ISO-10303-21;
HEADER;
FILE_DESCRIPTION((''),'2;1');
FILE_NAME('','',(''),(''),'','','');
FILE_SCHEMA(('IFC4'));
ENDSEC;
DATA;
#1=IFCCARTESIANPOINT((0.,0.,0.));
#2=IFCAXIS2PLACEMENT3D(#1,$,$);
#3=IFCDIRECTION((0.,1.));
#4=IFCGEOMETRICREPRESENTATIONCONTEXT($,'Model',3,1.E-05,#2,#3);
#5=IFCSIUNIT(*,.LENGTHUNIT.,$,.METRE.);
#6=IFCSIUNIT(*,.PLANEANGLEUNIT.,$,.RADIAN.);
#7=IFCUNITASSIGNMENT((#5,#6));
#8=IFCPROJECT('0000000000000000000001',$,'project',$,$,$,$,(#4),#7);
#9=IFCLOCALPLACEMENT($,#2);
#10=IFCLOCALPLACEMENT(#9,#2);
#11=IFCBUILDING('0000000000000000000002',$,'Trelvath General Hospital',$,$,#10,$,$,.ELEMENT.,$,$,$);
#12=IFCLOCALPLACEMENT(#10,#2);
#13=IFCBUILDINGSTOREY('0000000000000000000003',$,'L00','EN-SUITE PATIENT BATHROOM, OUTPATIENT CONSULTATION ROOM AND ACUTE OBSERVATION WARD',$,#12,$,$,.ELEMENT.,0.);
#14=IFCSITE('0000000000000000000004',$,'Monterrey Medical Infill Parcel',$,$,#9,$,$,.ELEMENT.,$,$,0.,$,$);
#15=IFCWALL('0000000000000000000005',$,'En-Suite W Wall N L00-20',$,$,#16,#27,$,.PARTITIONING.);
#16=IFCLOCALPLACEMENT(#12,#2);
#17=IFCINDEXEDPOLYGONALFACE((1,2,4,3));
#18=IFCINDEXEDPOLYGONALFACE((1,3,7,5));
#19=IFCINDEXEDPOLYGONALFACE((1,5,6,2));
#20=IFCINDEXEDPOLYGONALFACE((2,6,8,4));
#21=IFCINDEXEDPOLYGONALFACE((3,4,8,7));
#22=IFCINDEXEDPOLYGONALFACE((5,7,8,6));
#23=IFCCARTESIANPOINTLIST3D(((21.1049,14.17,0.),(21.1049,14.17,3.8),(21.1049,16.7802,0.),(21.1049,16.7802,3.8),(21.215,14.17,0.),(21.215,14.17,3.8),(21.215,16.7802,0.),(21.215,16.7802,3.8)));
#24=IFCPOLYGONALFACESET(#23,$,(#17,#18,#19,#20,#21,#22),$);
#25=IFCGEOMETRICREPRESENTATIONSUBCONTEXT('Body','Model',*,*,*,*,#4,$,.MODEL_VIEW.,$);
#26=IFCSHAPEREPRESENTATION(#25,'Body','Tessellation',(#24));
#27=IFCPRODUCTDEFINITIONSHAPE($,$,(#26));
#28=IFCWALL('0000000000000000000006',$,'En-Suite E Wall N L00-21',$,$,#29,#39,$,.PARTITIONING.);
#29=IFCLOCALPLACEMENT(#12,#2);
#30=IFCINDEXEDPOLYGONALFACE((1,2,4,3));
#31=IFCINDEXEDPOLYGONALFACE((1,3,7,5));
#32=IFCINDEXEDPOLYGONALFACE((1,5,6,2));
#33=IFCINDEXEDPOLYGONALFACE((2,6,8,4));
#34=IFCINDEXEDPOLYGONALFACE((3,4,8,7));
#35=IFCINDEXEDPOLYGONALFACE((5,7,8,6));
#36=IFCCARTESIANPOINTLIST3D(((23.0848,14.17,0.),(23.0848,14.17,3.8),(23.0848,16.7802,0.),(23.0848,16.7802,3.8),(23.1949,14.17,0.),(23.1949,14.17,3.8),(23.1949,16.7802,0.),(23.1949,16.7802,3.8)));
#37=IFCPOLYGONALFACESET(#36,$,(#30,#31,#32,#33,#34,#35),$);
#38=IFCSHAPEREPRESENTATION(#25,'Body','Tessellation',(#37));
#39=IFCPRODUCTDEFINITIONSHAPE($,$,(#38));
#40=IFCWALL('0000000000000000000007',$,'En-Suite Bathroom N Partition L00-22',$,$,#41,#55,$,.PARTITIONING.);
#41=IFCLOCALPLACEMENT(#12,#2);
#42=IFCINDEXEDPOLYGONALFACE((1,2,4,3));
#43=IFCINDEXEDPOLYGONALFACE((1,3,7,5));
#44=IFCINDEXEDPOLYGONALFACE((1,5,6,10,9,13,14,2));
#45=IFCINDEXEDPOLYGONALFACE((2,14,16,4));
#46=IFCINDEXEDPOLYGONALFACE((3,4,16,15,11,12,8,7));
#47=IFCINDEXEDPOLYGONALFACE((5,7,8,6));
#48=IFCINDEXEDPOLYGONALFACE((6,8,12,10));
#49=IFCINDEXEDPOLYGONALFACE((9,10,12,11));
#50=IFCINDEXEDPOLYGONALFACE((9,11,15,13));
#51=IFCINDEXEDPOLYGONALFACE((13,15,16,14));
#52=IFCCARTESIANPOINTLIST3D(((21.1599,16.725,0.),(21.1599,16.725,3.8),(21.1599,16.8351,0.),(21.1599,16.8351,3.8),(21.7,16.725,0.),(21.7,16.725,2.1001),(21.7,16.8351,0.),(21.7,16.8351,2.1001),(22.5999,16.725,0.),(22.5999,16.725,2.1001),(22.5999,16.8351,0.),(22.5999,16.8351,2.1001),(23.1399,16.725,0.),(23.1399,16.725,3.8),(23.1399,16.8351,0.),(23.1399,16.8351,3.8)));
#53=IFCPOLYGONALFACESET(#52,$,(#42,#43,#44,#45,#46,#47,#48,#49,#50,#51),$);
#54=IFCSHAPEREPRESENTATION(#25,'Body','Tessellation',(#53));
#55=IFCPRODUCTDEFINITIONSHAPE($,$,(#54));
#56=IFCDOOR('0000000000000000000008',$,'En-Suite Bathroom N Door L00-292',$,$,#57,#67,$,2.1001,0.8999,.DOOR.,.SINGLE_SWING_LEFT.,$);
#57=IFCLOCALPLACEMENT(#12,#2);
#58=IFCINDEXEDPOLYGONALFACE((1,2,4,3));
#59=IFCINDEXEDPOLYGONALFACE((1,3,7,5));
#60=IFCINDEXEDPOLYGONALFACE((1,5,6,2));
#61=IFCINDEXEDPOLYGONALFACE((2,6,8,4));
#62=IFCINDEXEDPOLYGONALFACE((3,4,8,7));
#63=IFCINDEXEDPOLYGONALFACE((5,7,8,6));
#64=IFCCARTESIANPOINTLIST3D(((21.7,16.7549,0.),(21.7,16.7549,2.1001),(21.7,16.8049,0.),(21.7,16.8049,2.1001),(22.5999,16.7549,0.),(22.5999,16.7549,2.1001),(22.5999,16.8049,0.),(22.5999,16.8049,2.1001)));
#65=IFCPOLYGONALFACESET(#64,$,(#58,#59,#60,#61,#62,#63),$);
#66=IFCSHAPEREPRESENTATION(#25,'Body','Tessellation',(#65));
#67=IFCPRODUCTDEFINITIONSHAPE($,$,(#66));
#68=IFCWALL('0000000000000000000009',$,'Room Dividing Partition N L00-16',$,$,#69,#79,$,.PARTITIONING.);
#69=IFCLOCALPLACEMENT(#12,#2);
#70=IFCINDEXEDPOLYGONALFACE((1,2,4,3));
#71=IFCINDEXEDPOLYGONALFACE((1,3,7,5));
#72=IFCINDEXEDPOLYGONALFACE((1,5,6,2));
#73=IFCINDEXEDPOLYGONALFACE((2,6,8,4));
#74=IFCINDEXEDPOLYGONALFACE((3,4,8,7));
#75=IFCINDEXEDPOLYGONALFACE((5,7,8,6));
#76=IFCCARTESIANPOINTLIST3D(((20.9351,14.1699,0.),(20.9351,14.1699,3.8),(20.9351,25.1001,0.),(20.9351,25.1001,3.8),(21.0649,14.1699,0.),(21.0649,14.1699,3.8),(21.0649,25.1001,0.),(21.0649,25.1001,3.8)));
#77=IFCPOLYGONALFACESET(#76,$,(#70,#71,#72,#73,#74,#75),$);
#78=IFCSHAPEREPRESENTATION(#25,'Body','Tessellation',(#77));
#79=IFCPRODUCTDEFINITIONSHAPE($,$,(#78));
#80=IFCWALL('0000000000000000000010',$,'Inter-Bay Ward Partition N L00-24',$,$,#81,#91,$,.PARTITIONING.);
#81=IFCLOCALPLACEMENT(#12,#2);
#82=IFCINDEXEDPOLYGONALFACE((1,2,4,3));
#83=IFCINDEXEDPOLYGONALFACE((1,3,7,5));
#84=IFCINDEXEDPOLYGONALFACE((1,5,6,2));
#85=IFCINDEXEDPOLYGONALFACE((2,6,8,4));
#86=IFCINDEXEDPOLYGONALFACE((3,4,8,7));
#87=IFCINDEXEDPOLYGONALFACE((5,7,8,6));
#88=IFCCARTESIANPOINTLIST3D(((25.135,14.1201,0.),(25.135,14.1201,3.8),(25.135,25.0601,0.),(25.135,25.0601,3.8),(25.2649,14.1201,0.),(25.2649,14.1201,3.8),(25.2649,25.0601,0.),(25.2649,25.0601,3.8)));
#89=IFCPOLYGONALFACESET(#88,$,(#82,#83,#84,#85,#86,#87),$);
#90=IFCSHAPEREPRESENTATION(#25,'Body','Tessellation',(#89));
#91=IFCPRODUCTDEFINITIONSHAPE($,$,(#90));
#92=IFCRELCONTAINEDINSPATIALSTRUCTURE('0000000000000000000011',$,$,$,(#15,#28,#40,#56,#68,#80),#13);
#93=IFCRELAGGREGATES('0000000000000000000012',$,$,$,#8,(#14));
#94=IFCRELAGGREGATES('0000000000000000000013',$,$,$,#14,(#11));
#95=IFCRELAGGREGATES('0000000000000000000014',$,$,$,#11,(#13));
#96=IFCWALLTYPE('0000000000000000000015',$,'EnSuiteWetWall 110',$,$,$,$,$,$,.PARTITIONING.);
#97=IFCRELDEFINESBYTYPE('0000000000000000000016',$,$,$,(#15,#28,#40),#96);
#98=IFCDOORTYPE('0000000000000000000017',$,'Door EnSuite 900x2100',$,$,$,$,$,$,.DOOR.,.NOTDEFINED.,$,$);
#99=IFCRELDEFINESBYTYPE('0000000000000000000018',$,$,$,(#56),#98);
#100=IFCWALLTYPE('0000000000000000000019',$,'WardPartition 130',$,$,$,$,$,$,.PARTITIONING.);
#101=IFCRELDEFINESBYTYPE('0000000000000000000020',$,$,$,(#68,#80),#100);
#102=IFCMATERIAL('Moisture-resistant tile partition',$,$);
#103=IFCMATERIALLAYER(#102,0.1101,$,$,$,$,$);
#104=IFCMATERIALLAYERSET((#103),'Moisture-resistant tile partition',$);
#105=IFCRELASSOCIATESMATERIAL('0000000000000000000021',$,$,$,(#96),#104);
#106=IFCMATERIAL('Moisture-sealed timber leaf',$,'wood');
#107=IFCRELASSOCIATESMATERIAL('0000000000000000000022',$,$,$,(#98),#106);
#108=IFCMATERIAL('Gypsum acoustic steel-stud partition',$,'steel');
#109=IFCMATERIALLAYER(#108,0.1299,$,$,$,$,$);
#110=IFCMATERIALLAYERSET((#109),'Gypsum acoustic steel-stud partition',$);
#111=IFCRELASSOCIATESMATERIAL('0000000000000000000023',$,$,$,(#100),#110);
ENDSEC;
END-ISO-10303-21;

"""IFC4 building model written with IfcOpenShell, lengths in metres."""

from ifc_helpers import new_model, si_unit, direction, frame, frame_2d, origin, place, context, subcontext, project, spatial, rectangle, extrude, material, layer, layer_set, type_object, element, fill, save


model = new_model("IFC4")

# Units and contexts
model_context = context("Model", 3, precision=1e-05, world=origin(), true_north=direction((0.0, 1.0)))
body_context = subcontext(model_context, "Body", "Model", "MODEL_VIEW")
ifc_project = project(units=[si_unit("LENGTHUNIT", "METRE"), si_unit("PLANEANGLEUNIT", "RADIAN")], contexts=[model_context])

# Site, building, storey
site_placement = place(None, origin())
site = spatial("IfcSite", under=ifc_project, at=site_placement, Name="Monterrey Medical Infill Parcel", CompositionType="ELEMENT", RefElevation=0.0)
building_placement = place(site_placement, origin())
building = spatial("IfcBuilding", under=site, at=building_placement, Name="Trelvath General Hospital", CompositionType="ELEMENT")
storey_placement = place(building_placement, origin())
storey = spatial("IfcBuildingStorey", under=building, at=storey_placement, Name="L00", Description="EN-SUITE PATIENT BATHROOM, OUTPATIENT CONSULTATION ROOM AND ACUTE OBSERVATION WARD", CompositionType="ELEMENT", Elevation=0.0)

# Walls
ifc_material_1 = material(Name="Moisture-resistant tile partition")
ifc_layer_1 = layer(ifc_material_1, 0.1101)
ifc_layer_set_1 = layer_set([ifc_layer_1], Name="Moisture-resistant tile partition")
wall_type_1 = type_object("IfcWallType", Name="EnSuiteWetWall 110", PredefinedType="PARTITIONING", material=ifc_layer_set_1)
for number, where, z_axis, x_axis, name in (
    (1, (21.1599, 14.1699, 0.0), (0.0, 0.0, 1.0), (0.0, 1.0, 0.0), "En-Suite W Wall N L00-20"),
    (2, (23.1399, 14.1699, 0.0), (0.0, 0.0, 1.0), (0.0, 1.0, 0.0), "En-Suite E Wall N L00-21"),
):
    element("IfcWall", number, at=place(storey_placement, frame(where, z_axis=z_axis, x_axis=x_axis)), inside=storey, type_object=wall_type_1, Name=name, PredefinedType="PARTITIONING", context=body_context, shape_type="SweptSolid", body=[
        extrude(rectangle(XDim=2.6101, YDim=0.1101, at=frame_2d((1.3052, 0.0))), origin(), (0.0, 0.0, 1.0), 3.8),
    ])

# Wall, opening, door
wall_1_placement = place(storey_placement, frame((21.1599, 16.78, 0.0), z_axis=(0.0, 0.0, 1.0), x_axis=(1.0, 0.0, 0.0)))
wall_1 = element("IfcWall", 3, at=wall_1_placement, inside=storey, type_object=wall_type_1, Name="En-Suite Bathroom N Partition L00-22", PredefinedType="PARTITIONING", context=body_context, shape_type="SweptSolid", body=[
    extrude(rectangle(XDim=1.98, YDim=0.1101, at=frame_2d((0.99, 0.0))), origin(), (0.0, 0.0, 1.0), 3.8),
])
opening_1_placement = place(wall_1_placement, frame((0.54, 0.0, 0.0)))
opening_1 = element("IfcOpeningElement", 4, at=opening_1_placement, cuts=wall_1, PredefinedType="OPENING", context=body_context, shape_type="SweptSolid", body=[
    extrude(rectangle(XDim=0.8999, YDim=2.1001, at=frame_2d((0.45, 1.05))), frame((0.0, 0.0649, 0.0), z_axis=(0.0, -1.0, 0.0), x_axis=(1.0, 0.0, 0.0)), (0.0, 0.0, 1.0), 0.1301),
])
ifc_material_2 = material(Name="Moisture-sealed timber leaf", Category="wood")
door_type_1 = type_object("IfcDoorType", Name="Door EnSuite 900x2100", OperationType="NOTDEFINED", PredefinedType="DOOR", material=ifc_material_2)
door_1_placement = place(opening_1_placement, origin())
door_1 = element("IfcDoor", 5, at=door_1_placement, inside=storey, type_object=door_type_1, Name="En-Suite Bathroom N Door L00-292", OperationType="SINGLE_SWING_LEFT", OverallHeight=2.1001, OverallWidth=0.8999, PredefinedType="DOOR", context=body_context, shape_type="SweptSolid", body=[
    extrude(rectangle(XDim=0.8999, YDim=2.1001, at=frame_2d((0.45, 1.05))), frame((0.0, 0.0249, 0.0), z_axis=(0.0, -1.0, 0.0), x_axis=(1.0, 0.0, 0.0)), (0.0, 0.0, 1.0), 0.05),
])
fill(opening_1, door_1)

# Walls
ifc_material_3 = material(Name="Gypsum acoustic steel-stud partition", Category="steel")
ifc_layer_2 = layer(ifc_material_3, 0.1299)
ifc_layer_set_2 = layer_set([ifc_layer_2], Name="Gypsum acoustic steel-stud partition")
wall_type_2 = type_object("IfcWallType", Name="WardPartition 130", PredefinedType="PARTITIONING", material=ifc_layer_set_2)
wall_2_placement = place(storey_placement, frame((21.0, 14.1699, 0.0), z_axis=(0.0, 0.0, 1.0), x_axis=(0.0, 1.0, 0.0)))
element("IfcWall", 6, at=wall_2_placement, inside=storey, type_object=wall_type_2, Name="Room Dividing Partition N L00-16", PredefinedType="PARTITIONING", context=body_context, shape_type="SweptSolid", body=[
    extrude(rectangle(XDim=10.9302, YDim=0.1299, at=frame_2d((5.4651, 0.0))), origin(), (0.0, 0.0, 1.0), 3.8),
])
wall_3_placement = place(storey_placement, frame((25.2, 14.1201, 0.0), z_axis=(0.0, 0.0, 1.0), x_axis=(0.0, 1.0, 0.0)))
element("IfcWall", 7, at=wall_3_placement, inside=storey, type_object=wall_type_2, Name="Inter-Bay Ward Partition N L00-24", PredefinedType="PARTITIONING", context=body_context, shape_type="SweptSolid", body=[
    extrude(rectangle(XDim=10.9399, YDim=0.1299, at=frame_2d((5.47, 0.0))), origin(), (0.0, 0.0, 1.0), 3.8),
])

save(model, "model.ifc")
